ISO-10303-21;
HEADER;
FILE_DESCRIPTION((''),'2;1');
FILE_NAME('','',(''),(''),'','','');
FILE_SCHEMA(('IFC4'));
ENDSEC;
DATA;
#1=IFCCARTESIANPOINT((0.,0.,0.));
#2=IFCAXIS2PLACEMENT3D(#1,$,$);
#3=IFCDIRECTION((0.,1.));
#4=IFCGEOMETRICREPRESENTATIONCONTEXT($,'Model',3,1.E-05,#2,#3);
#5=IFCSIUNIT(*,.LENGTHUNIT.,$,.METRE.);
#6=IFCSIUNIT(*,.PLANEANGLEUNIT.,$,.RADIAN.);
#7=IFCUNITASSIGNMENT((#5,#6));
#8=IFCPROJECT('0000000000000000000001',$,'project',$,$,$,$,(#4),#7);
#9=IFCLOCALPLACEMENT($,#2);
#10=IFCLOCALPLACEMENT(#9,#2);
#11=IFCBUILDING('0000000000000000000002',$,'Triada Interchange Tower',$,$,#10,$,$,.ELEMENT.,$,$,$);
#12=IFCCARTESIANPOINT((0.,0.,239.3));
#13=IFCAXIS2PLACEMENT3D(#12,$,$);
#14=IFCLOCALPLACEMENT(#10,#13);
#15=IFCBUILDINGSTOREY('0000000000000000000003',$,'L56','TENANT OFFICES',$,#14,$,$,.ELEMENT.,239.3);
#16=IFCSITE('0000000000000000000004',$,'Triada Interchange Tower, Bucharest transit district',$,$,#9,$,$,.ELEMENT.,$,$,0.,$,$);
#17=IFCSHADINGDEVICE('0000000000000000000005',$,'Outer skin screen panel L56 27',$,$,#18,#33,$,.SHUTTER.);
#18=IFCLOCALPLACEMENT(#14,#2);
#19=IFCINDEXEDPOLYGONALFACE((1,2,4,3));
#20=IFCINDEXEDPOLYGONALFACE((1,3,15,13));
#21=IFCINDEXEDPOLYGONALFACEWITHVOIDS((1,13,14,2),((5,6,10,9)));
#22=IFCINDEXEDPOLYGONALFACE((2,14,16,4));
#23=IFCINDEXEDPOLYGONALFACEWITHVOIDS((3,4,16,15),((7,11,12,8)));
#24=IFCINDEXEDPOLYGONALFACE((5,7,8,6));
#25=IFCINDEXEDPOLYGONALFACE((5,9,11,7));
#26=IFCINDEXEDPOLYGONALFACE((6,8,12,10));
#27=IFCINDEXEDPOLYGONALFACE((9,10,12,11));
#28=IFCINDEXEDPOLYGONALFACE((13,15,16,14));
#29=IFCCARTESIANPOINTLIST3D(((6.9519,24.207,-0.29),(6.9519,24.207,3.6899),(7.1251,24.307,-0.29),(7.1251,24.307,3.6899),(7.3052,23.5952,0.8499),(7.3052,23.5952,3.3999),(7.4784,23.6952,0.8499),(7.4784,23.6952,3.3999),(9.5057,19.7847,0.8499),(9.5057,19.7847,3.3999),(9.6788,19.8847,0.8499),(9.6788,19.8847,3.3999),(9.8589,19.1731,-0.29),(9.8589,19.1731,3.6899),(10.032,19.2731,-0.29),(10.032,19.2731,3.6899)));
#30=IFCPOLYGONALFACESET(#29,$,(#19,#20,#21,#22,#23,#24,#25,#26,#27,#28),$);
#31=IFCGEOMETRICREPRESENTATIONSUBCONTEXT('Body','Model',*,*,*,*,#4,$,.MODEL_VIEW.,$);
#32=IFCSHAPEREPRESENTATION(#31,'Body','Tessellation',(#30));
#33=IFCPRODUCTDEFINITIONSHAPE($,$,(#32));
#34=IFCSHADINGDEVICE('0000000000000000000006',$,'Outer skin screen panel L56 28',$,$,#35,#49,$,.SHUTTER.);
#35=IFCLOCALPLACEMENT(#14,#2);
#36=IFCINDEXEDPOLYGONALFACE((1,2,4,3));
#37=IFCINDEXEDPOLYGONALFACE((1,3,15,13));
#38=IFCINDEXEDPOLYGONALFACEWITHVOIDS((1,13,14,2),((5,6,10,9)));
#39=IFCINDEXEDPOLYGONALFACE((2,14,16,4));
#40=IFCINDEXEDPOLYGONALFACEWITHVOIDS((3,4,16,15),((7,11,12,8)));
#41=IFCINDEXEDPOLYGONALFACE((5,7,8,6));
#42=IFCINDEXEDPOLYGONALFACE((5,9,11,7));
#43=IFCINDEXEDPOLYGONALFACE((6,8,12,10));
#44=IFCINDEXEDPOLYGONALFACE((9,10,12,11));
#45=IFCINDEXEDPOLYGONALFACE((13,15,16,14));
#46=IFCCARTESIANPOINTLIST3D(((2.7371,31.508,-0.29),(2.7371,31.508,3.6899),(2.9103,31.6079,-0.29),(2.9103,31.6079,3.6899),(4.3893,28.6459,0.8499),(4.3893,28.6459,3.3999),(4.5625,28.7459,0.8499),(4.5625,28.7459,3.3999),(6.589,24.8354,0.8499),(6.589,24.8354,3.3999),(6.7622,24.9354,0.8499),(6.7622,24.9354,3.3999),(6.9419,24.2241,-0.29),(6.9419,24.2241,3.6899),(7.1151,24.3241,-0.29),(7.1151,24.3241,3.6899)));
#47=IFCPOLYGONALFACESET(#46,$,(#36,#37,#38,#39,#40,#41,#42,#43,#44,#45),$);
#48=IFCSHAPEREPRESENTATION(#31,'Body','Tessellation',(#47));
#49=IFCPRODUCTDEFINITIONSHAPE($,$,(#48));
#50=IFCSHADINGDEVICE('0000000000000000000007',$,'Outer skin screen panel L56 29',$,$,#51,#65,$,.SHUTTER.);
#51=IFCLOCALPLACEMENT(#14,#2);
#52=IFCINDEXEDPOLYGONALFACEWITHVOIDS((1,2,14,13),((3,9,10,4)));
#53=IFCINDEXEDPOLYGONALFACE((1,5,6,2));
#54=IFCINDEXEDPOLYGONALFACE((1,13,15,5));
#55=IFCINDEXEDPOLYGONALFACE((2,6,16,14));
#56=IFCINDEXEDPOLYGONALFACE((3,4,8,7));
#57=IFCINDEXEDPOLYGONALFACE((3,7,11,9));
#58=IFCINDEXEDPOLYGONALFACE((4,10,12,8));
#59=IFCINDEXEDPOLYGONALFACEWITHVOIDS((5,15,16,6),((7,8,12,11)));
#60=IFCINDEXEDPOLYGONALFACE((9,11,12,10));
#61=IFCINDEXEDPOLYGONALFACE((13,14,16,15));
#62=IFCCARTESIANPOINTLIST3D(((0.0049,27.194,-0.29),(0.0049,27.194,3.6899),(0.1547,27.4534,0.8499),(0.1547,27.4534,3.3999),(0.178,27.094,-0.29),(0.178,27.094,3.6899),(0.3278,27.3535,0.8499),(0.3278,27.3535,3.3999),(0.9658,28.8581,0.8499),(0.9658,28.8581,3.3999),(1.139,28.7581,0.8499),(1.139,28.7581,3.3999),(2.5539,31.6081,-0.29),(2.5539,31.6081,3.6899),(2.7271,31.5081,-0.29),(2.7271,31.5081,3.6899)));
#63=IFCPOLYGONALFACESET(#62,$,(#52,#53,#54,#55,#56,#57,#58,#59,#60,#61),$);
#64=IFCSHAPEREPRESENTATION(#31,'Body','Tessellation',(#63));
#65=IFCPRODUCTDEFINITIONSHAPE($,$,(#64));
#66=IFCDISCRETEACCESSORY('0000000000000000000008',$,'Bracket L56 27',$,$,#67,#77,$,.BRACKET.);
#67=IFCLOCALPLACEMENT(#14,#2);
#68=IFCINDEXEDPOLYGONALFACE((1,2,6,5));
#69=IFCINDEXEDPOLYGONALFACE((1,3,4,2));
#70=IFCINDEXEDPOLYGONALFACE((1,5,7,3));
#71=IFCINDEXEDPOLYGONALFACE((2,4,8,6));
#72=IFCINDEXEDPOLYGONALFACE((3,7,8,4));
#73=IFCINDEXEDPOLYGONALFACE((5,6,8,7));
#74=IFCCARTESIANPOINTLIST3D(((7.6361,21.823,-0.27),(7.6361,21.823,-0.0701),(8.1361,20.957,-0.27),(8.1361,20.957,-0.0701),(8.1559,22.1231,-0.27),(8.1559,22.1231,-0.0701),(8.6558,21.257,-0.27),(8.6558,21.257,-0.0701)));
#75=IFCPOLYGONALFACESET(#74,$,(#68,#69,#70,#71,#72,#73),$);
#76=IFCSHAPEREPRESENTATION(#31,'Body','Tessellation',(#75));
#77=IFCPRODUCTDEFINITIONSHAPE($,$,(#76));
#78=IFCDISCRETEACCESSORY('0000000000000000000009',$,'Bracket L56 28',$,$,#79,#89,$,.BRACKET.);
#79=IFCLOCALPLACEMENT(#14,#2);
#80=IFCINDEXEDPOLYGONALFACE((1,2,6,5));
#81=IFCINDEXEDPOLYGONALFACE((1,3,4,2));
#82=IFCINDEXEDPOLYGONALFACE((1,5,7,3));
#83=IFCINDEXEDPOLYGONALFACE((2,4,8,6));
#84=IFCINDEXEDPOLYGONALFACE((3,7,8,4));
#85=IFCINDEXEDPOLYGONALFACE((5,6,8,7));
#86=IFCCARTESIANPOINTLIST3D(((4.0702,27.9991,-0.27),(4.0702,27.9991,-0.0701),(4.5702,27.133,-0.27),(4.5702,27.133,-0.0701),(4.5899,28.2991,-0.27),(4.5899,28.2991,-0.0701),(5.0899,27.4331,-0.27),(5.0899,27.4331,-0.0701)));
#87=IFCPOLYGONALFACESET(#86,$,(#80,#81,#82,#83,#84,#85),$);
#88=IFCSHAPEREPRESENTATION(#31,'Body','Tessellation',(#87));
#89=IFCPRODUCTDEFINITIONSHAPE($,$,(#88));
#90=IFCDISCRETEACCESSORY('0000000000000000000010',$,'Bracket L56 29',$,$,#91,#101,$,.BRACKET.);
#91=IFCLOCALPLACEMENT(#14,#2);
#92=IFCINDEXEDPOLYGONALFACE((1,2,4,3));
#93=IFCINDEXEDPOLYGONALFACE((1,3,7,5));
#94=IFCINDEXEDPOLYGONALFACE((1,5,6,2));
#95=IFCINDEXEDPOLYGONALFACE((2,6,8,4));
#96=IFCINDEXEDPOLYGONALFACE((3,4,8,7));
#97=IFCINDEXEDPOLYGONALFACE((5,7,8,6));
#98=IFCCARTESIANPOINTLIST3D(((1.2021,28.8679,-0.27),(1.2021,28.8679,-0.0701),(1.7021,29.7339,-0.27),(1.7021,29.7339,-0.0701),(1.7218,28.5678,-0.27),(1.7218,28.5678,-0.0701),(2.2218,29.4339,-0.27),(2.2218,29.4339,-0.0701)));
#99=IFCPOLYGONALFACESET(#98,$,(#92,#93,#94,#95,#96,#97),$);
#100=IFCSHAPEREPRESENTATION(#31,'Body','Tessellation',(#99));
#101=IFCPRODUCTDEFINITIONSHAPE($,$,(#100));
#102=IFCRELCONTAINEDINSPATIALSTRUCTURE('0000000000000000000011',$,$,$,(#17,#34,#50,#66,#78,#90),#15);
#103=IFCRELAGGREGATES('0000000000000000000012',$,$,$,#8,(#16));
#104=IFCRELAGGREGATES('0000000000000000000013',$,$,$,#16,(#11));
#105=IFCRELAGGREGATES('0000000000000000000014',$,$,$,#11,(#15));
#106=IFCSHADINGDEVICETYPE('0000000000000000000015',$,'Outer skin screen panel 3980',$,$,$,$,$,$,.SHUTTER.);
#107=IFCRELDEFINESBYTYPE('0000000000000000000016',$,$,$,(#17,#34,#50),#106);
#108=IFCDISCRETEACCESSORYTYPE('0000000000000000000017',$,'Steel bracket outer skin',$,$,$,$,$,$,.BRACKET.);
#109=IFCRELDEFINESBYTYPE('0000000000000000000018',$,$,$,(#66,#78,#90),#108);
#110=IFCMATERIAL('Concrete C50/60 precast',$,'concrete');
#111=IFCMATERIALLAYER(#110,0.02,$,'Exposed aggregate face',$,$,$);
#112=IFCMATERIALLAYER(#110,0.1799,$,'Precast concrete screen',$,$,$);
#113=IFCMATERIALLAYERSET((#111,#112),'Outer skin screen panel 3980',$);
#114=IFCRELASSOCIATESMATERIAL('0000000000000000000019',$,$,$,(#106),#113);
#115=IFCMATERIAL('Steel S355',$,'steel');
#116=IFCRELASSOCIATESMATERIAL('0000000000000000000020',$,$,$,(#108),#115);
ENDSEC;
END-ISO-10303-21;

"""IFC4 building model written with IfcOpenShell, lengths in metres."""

from ifc_helpers import new_model, si_unit, direction, frame, origin, origin_2d, place, context, subcontext, project, spatial, polyline, rectangle, outline, extrude, material, layer, layer_set, type_object, element, save


model = new_model("IFC4")

# Units and contexts
model_context = context("Model", 3, precision=1e-05, world=origin(), true_north=direction((0.0, 1.0)))
body_context = subcontext(model_context, "Body", "Model", "MODEL_VIEW")
ifc_project = project(units=[si_unit("LENGTHUNIT", "METRE"), si_unit("PLANEANGLEUNIT", "RADIAN")], contexts=[model_context])

# Site, building, storey
site_placement = place(None, origin())
site = spatial("IfcSite", under=ifc_project, at=site_placement, Name="Triada Interchange Tower, Bucharest transit district", CompositionType="ELEMENT", RefElevation=0.0)
building_placement = place(site_placement, origin())
building = spatial("IfcBuilding", under=site, at=building_placement, Name="Triada Interchange Tower", CompositionType="ELEMENT")
storey_placement = place(building_placement, frame((0.0, 0.0, 239.3)))
storey = spatial("IfcBuildingStorey", under=building, at=storey_placement, Name="L56", Description="TENANT OFFICES", CompositionType="ELEMENT", Elevation=239.3)

# Shading devices
ifc_material_1 = material(Name="Concrete C50/60 precast", Category="concrete")
ifc_layer_1 = layer(ifc_material_1, 0.02, Name="Exposed aggregate face")
ifc_layer_2 = layer(ifc_material_1, 0.1799, Name="Precast concrete screen")
ifc_layer_set_1 = layer_set([ifc_layer_1, ifc_layer_2], Name="Outer skin screen panel 3980")
shading_device_type = type_object("IfcShadingDeviceType", Name="Outer skin screen panel 3980", PredefinedType="SHUTTER", material=ifc_layer_set_1)
shading_device_1_placement = place(storey_placement, frame((9.8589, 19.1731, -0.29), z_axis=(0.0, 0.0, 1.0), x_axis=(-0.500082, 0.865978, 0.0)))
element("IfcShadingDevice", 1, at=shading_device_1_placement, inside=storey, type_object=shading_device_type, Name="Outer skin screen panel L56 27", PredefinedType="SHUTTER", context=body_context, shape_type="SweptSolid", body=[
    extrude(outline(polyline([(0.0, 0.0), (5.813, 0.0), (5.813, 3.98), (0.0, 3.98), (0.0, 0.0)]), holes=[polyline([(0.7063, 1.1399), (0.7063, 3.6899), (5.1064, 3.6899), (5.1064, 1.1399), (0.7063, 1.1399)])]), frame((0.0, 0.0, 0.0), z_axis=(0.0, -1.0, 0.0), x_axis=(1.0, 0.0, 0.0)), (0.0, 0.0, 1.0), 0.2),
])
shading_device_2_placement = place(storey_placement, frame((6.9419, 24.2241, -0.29), z_axis=(0.0, 0.0, 1.0), x_axis=(-0.499951, 0.866054, 0.0)))
element("IfcShadingDevice", 2, at=shading_device_2_placement, inside=storey, type_object=shading_device_type, Name="Outer skin screen panel L56 28", PredefinedType="SHUTTER", context=body_context, shape_type="SweptSolid", body=[
    extrude(outline(polyline([(0.0, 0.0), (8.4104, 0.0), (8.4104, 3.98), (0.0, 3.98), (0.0, 0.0)]), holes=[polyline([(0.7058, 1.1399), (0.7058, 3.6899), (5.1057, 3.6899), (5.1057, 1.1399), (0.7058, 1.1399)])]), frame((0.0, 0.0, 0.0), z_axis=(0.0, -1.0, 0.0), x_axis=(1.0, 0.0, 0.0)), (0.0, 0.0, 1.0), 0.2),
])
shading_device_3_placement = place(storey_placement, frame((2.7271, 31.5081, -0.29), z_axis=(0.0, 0.0, 1.0), x_axis=(-0.50009, -0.865973, 0.0)))
element("IfcShadingDevice", 3, at=shading_device_3_placement, inside=storey, type_object=shading_device_type, Name="Outer skin screen panel L56 29", PredefinedType="SHUTTER", context=body_context, shape_type="SweptSolid", body=[
    extrude(outline(polyline([(0.0, 0.0), (5.0972, 0.0), (5.0972, 3.98), (0.0, 3.98), (0.0, 0.0)]), holes=[polyline([(3.1755, 1.1399), (3.1755, 3.6899), (4.7976, 3.6899), (4.7976, 1.1399), (3.1755, 1.1399)])]), frame((0.0, 0.0, 0.0), z_axis=(0.0, -1.0, 0.0), x_axis=(1.0, 0.0, 0.0)), (0.0, 0.0, 1.0), 0.2),
])

# Discrete accessories
ifc_material_2 = material(Name="Steel S355", Category="steel")
discrete_accessory_type = type_object("IfcDiscreteAccessoryType", Name="Steel bracket outer skin", PredefinedType="BRACKET", material=ifc_material_2)
for number, where, z_axis, x_axis, name in (
    (4, (8.146, 21.54, -0.27), (0.0, 0.0, 1.0), (0.86603, 0.499991, 0.0), "Bracket L56 27"),
    (5, (4.5801, 27.7161, -0.27), (0.0, 0.0, 1.0), (0.86603, 0.499991, 0.0), "Bracket L56 28"),
    (6, (1.7119, 29.1509, -0.27), (0.0, 0.0, 1.0), (-0.866027, 0.499997, 0.0), "Bracket L56 29"),
):
    element("IfcDiscreteAccessory", number, at=place(storey_placement, frame(where, z_axis=z_axis, x_axis=x_axis)), inside=storey, type_object=discrete_accessory_type, Name=name, PredefinedType="BRACKET", context=body_context, shape_type="SweptSolid", body=[
        extrude(rectangle(XDim=0.6001, YDim=1.0, at=origin_2d()), origin(), (0.0, 0.0, 1.0), 0.2),
    ])

save(model, "model.ifc")
